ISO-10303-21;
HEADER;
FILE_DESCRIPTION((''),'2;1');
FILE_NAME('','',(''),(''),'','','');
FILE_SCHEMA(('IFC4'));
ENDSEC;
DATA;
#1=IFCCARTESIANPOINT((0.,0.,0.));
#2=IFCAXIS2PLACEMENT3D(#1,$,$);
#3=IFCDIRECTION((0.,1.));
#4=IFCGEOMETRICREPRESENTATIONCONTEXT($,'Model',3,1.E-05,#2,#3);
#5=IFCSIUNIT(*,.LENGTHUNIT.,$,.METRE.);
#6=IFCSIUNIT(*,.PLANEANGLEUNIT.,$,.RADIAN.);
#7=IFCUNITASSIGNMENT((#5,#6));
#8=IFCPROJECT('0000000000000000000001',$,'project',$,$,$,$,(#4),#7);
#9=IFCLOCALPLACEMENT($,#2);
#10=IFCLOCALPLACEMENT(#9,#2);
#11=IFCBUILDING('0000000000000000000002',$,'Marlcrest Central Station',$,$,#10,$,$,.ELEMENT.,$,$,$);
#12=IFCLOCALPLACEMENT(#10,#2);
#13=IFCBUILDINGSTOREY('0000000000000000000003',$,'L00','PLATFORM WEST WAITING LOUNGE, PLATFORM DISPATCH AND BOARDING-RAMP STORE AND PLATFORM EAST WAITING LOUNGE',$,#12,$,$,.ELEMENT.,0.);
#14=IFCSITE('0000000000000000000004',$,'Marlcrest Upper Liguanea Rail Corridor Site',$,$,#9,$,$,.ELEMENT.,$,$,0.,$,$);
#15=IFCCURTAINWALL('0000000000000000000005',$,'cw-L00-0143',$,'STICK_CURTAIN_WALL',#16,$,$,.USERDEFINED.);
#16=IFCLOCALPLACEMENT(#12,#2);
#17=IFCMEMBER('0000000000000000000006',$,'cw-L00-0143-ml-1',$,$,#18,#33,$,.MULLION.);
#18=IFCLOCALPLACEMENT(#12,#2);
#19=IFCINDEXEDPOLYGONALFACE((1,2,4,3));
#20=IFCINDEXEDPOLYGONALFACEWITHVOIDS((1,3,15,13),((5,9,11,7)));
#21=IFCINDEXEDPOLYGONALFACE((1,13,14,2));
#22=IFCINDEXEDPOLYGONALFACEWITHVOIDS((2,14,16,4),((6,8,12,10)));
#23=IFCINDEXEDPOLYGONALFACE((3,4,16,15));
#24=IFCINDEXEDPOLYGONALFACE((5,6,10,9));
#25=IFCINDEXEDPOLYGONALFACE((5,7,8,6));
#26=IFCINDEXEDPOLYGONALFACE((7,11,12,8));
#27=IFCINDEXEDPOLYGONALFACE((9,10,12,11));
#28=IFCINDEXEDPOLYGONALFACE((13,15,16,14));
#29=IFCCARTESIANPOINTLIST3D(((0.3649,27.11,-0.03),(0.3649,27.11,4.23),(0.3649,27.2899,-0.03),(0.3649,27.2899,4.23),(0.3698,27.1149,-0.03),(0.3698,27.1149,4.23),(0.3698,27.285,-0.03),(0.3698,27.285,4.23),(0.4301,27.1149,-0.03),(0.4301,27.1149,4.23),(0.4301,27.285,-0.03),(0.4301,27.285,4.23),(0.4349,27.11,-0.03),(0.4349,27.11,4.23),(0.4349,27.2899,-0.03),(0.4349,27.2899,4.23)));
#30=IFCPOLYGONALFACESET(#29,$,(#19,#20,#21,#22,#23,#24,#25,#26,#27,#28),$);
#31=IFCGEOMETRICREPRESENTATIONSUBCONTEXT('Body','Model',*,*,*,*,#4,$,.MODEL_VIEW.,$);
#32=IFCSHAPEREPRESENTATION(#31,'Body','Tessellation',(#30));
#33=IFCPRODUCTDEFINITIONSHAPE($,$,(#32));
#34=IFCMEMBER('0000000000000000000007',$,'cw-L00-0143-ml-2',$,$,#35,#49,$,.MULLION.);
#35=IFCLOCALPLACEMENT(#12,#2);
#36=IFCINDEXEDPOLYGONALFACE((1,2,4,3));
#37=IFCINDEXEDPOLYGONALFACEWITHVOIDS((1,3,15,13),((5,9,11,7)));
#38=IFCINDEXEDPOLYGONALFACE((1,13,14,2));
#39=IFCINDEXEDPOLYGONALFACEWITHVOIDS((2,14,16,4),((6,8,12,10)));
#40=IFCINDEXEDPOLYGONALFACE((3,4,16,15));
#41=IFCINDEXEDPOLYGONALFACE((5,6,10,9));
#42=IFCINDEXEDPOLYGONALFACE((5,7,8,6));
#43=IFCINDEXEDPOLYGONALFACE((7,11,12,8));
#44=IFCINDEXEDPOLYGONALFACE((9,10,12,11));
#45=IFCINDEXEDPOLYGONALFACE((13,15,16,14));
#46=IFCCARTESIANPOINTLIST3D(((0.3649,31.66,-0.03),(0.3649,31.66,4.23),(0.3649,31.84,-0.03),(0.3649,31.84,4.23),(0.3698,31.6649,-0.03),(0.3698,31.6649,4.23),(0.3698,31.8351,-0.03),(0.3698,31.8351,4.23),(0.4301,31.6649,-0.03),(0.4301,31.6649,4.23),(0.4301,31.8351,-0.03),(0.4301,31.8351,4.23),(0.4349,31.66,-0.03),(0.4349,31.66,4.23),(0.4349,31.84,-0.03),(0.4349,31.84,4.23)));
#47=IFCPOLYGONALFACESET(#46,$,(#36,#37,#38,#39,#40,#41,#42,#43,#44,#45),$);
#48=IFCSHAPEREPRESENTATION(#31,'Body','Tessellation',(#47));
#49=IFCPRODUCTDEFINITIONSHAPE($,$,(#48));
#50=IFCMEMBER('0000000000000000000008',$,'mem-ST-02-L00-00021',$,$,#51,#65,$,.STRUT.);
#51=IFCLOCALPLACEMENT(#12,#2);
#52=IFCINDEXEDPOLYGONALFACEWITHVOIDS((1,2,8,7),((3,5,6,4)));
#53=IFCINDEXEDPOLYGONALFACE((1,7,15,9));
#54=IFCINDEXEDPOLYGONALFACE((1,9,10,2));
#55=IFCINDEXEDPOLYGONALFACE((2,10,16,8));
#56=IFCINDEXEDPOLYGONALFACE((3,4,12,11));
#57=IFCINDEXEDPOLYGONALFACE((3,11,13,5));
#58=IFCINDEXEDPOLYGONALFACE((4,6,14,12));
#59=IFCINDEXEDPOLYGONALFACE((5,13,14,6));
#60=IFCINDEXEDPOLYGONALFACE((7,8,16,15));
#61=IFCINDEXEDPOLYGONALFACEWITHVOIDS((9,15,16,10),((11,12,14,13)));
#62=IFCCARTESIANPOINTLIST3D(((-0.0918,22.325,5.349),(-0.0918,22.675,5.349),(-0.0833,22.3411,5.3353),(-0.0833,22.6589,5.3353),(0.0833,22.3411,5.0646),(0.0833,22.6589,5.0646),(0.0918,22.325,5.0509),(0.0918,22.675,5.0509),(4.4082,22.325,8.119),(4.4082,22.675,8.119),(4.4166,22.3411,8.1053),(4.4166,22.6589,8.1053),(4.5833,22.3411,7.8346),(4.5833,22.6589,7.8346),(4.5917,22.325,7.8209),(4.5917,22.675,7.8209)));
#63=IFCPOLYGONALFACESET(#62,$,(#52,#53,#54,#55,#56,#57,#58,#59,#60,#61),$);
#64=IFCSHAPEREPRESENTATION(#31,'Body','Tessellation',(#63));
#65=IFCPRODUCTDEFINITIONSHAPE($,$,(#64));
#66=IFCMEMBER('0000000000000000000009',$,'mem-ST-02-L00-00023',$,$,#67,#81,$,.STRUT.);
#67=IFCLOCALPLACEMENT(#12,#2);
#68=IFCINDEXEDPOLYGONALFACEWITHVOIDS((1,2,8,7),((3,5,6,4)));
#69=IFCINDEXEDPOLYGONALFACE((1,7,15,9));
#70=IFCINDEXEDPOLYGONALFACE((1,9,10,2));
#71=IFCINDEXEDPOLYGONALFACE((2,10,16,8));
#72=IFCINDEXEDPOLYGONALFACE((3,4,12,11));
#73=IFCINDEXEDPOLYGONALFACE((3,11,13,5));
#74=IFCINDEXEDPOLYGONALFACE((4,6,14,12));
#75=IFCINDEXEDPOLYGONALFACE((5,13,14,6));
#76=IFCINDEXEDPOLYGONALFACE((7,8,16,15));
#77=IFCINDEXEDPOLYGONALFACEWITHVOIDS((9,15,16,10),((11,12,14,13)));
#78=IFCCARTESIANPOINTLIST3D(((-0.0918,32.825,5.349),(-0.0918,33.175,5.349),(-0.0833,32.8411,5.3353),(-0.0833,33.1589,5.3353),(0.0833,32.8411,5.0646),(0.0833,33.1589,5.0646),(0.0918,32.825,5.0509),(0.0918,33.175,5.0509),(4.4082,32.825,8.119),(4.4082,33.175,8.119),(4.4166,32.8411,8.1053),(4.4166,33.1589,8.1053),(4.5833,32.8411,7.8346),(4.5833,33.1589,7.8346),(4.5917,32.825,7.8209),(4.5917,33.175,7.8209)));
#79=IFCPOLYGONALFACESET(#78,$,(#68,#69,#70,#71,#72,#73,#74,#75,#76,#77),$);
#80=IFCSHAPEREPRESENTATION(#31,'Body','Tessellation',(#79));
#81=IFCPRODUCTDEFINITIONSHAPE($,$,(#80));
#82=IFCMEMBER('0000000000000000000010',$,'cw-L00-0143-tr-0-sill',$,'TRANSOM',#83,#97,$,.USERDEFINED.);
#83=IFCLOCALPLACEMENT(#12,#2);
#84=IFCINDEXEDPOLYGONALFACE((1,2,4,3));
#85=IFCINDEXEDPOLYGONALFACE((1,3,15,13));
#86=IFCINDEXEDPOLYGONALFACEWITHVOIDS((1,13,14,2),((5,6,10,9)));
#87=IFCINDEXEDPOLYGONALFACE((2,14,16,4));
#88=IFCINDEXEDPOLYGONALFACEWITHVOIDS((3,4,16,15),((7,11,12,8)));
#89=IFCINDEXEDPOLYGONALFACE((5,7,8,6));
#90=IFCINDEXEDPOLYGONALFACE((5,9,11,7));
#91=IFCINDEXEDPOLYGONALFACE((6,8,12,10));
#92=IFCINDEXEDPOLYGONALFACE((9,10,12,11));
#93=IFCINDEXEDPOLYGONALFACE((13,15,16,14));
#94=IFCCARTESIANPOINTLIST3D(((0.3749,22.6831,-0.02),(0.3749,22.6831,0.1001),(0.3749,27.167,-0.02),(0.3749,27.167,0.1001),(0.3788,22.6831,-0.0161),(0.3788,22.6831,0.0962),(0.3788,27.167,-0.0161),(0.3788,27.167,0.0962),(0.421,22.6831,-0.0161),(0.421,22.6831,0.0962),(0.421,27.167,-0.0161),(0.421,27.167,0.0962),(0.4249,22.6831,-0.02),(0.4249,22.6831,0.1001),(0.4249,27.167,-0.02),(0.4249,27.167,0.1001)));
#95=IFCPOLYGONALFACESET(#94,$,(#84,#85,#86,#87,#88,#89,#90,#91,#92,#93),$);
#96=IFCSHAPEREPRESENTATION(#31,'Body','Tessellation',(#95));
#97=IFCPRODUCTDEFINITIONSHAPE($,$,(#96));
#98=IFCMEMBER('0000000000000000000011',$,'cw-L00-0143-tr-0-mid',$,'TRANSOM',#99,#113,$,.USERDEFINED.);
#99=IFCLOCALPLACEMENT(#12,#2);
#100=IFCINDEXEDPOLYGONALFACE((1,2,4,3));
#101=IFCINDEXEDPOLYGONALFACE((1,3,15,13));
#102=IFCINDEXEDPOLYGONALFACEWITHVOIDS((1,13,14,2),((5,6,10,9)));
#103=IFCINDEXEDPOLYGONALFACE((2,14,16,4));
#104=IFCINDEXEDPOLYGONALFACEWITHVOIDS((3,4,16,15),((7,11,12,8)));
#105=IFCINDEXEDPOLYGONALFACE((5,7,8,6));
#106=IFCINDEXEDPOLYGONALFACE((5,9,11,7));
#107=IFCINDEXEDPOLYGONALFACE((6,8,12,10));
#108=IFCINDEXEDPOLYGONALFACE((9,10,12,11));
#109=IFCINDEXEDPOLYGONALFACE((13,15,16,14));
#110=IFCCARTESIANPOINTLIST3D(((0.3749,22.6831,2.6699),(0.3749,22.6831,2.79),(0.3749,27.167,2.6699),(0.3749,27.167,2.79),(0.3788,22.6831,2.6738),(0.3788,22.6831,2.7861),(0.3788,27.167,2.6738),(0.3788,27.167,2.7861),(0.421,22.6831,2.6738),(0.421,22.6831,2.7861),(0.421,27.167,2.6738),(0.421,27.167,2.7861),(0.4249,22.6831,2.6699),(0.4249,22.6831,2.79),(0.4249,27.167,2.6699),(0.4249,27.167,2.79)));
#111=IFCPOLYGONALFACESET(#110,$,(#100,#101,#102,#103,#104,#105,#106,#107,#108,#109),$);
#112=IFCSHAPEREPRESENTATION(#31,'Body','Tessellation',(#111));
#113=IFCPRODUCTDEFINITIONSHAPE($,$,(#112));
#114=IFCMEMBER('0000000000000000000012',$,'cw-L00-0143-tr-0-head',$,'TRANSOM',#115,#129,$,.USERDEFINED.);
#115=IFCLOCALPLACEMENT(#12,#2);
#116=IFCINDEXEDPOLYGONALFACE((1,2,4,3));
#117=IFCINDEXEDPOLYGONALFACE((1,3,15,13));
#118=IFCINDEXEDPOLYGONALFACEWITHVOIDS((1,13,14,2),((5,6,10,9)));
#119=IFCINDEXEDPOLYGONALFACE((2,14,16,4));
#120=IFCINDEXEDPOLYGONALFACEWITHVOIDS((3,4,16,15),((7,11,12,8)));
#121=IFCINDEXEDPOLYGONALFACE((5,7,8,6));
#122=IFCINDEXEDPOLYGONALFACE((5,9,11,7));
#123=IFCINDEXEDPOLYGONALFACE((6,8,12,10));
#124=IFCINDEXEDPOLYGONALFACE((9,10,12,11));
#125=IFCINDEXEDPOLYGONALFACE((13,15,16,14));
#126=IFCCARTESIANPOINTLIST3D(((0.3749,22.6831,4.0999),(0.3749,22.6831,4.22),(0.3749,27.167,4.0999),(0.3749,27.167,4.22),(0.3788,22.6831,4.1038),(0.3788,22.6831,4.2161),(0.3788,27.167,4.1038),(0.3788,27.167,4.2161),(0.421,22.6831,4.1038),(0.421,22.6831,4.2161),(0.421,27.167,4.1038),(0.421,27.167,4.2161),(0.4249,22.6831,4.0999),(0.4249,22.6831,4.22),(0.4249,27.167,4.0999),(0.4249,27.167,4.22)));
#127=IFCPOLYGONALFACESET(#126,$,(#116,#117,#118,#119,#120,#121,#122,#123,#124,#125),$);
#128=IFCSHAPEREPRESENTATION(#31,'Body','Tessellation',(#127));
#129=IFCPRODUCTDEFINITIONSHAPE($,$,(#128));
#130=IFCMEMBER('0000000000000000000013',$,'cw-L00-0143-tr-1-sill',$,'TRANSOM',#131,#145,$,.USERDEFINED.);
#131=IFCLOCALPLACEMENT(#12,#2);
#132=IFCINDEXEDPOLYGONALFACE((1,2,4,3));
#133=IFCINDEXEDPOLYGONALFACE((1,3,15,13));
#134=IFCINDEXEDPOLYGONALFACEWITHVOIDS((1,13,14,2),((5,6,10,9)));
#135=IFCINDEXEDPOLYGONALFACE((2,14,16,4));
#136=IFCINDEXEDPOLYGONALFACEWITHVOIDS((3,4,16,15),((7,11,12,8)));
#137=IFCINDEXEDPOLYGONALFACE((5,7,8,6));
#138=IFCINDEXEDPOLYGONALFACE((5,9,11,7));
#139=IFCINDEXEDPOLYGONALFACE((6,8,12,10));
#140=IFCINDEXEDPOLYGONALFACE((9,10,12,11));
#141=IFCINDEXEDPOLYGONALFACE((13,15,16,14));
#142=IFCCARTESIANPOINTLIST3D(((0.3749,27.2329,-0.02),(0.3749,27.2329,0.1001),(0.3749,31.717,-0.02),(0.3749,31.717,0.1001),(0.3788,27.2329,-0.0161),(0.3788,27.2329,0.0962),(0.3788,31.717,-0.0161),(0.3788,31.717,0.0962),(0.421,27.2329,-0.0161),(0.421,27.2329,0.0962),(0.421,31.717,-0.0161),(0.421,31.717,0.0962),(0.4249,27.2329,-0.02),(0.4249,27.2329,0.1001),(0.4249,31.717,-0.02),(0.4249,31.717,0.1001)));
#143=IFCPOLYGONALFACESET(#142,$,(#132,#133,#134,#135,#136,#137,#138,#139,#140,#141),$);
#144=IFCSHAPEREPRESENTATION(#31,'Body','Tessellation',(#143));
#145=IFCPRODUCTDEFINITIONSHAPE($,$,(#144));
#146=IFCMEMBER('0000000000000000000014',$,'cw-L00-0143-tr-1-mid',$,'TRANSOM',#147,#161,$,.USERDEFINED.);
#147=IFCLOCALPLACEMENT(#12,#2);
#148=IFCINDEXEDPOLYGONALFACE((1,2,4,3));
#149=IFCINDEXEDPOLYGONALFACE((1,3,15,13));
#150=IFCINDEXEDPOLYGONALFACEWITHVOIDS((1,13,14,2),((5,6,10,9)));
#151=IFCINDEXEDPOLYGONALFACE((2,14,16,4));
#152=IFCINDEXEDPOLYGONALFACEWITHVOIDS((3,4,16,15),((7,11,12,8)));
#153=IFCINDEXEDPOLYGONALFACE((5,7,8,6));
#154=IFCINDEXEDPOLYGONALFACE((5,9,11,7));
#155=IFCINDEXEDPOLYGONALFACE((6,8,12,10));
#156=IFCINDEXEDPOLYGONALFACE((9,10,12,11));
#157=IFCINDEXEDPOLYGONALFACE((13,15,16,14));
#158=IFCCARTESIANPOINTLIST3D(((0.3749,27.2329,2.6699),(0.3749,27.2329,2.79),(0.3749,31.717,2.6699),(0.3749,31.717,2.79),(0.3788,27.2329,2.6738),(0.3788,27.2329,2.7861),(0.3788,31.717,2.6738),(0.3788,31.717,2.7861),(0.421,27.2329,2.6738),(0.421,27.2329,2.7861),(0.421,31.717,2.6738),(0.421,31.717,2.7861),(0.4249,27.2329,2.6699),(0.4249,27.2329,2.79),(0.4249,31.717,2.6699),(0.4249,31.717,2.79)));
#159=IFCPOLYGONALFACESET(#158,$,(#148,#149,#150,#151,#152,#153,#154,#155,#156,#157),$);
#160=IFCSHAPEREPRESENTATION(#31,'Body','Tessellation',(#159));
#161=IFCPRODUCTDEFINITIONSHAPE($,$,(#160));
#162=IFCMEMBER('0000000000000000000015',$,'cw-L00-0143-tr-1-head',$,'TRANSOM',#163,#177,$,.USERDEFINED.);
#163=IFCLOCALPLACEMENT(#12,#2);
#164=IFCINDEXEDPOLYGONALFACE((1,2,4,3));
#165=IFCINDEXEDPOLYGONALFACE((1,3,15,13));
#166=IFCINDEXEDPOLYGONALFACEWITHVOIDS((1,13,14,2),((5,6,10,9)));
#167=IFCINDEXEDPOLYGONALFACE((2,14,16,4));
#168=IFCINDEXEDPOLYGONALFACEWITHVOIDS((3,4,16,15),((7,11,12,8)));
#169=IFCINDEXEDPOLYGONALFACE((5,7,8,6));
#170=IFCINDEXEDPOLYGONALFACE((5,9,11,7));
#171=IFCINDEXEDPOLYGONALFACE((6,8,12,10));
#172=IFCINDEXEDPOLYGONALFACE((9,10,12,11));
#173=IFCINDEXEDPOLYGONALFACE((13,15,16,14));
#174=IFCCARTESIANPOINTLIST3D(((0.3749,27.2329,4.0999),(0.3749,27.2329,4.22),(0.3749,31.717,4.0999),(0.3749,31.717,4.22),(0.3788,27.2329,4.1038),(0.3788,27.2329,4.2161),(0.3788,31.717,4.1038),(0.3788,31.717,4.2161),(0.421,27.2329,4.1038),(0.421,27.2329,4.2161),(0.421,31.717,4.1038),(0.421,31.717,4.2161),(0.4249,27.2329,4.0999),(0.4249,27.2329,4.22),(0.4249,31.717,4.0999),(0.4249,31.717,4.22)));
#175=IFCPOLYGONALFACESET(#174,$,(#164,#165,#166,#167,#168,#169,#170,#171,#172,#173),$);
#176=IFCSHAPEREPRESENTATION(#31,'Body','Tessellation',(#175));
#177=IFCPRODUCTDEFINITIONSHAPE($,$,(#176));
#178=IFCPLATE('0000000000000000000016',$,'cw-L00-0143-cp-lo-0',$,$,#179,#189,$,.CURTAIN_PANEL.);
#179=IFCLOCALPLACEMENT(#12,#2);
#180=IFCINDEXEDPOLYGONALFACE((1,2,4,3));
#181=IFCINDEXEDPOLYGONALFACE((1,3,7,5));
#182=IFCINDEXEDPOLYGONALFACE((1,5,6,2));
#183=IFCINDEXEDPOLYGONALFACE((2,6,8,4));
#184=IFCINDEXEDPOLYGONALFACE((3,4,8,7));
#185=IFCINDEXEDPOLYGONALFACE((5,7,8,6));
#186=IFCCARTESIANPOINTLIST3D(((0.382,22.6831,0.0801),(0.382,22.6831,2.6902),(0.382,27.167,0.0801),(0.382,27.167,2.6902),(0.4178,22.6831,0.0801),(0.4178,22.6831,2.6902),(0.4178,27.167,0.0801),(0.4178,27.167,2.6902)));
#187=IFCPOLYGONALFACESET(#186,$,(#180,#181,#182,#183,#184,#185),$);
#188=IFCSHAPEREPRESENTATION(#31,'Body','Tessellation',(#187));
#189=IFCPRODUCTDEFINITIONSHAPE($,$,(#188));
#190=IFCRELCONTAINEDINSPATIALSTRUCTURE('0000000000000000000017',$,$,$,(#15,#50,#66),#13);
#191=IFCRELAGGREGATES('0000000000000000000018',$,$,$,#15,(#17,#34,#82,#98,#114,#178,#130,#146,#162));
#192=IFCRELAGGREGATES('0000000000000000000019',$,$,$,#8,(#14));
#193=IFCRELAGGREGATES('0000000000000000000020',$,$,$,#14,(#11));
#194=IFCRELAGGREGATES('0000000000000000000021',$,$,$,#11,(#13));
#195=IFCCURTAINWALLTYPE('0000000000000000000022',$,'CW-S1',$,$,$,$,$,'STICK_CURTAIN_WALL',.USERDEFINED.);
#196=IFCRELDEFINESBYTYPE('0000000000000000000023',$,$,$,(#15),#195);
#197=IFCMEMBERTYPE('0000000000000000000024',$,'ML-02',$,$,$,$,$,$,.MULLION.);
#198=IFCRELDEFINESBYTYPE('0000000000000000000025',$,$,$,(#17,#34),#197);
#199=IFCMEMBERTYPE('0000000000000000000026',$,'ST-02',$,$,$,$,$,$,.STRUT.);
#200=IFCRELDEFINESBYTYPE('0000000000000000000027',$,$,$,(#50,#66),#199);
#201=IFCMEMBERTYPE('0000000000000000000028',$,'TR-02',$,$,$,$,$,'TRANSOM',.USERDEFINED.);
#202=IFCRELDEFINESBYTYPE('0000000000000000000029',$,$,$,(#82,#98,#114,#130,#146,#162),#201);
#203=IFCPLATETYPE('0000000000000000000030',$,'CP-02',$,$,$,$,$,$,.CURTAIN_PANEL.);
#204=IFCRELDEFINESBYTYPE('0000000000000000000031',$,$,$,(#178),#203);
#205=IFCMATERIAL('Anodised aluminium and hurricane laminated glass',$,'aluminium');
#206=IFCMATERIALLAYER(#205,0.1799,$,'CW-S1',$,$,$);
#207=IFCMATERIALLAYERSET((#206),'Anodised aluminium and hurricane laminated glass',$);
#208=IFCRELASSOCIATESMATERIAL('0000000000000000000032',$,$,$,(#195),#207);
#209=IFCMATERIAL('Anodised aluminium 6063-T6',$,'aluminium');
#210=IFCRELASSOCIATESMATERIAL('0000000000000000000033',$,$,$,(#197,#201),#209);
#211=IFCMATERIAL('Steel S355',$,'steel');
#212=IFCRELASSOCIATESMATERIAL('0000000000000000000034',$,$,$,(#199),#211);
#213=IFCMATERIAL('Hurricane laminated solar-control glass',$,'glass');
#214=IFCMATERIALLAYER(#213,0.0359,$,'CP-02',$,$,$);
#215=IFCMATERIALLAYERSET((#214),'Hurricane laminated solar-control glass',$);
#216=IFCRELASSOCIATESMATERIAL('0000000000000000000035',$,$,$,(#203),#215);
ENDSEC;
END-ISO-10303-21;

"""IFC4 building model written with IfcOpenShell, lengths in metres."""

from ifc_helpers import new_model, si_unit, direction, frame, origin, origin_2d, place, context, subcontext, project, spatial, rectangle, hollow_rectangle, extrude, material, layer, layer_set, material_profile, profile_set, type_object, element, aggregate, save


model = new_model("IFC4")

# Units and contexts
model_context = context("Model", 3, precision=1e-05, world=origin(), true_north=direction((0.0, 1.0)))
body_context = subcontext(model_context, "Body", "Model", "MODEL_VIEW")
ifc_project = project(units=[si_unit("LENGTHUNIT", "METRE"), si_unit("PLANEANGLEUNIT", "RADIAN")], contexts=[model_context])

# Site, building, storey
site_placement = place(None, origin())
site = spatial("IfcSite", under=ifc_project, at=site_placement, Name="Marlcrest Upper Liguanea Rail Corridor Site", CompositionType="ELEMENT", RefElevation=0.0)
building_placement = place(site_placement, origin())
building = spatial("IfcBuilding", under=site, at=building_placement, Name="Marlcrest Central Station", CompositionType="ELEMENT")
storey_placement = place(building_placement, origin())
storey = spatial("IfcBuildingStorey", under=building, at=storey_placement, Name="L00", Description="PLATFORM WEST WAITING LOUNGE, PLATFORM DISPATCH AND BOARDING-RAMP STORE AND PLATFORM EAST WAITING LOUNGE", CompositionType="ELEMENT", Elevation=0.0)

# Shared definitions
ifc_material_1 = material(Name="Steel S355", Category="steel")

# Curtain wall, members
ifc_material_2 = material(Name="Anodised aluminium and hurricane laminated glass", Category="aluminium")
ifc_layer_1 = layer(ifc_material_2, 0.1799, Name="CW-S1")
ifc_layer_set_1 = layer_set([ifc_layer_1], Name="Anodised aluminium and hurricane laminated glass")
curtain_wall_type = type_object("IfcCurtainWallType", Name="CW-S1", ElementType="STICK_CURTAIN_WALL", PredefinedType="USERDEFINED", material=ifc_layer_set_1)
curtain_wall_placement = place(storey_placement, origin())
curtain_wall = element("IfcCurtainWall", 1, at=curtain_wall_placement, inside=storey, type_object=curtain_wall_type, Name="cw-L00-0143", ObjectType="STICK_CURTAIN_WALL", PredefinedType="USERDEFINED")
ifc_material_3 = material(Name="Anodised aluminium 6063-T6", Category="aluminium")
ifc_material_profile_1 = material_profile(ifc_material_3, hollow_rectangle(XDim=0.0701, YDim=0.1799, WallThickness=0.0049, at=origin_2d()), Name="AA-RHS 180x70x5")
ifc_profile_set_1 = profile_set([ifc_material_profile_1], Name="Anodised aluminium 6063-T6")
member_type_1 = type_object("IfcMemberType", Name="ML-02", PredefinedType="MULLION", material=ifc_profile_set_1)
member_1_placement = place(storey_placement, frame((0.3999, 27.2, -0.03), z_axis=(0.0, 0.0, 1.0), x_axis=(1.0, 0.0, 0.0)))
member_1 = element("IfcMember", 2, at=member_1_placement, type_object=member_type_1, Name="cw-L00-0143-ml-1", PredefinedType="MULLION", context=body_context, shape_type="SweptSolid", body=[
    extrude(hollow_rectangle(XDim=0.0701, YDim=0.1799, WallThickness=0.0049, at=origin_2d()), origin(), (0.0, 0.0, 1.0), 4.26),
])
member_2_placement = place(storey_placement, frame((0.3999, 31.75, -0.03), z_axis=(0.0, 0.0, 1.0), x_axis=(1.0, 0.0, 0.0)))
member_2 = element("IfcMember", 3, at=member_2_placement, type_object=member_type_1, Name="cw-L00-0143-ml-2", PredefinedType="MULLION", context=body_context, shape_type="SweptSolid", body=[
    extrude(hollow_rectangle(XDim=0.0701, YDim=0.1799, WallThickness=0.0049, at=origin_2d()), origin(), (0.0, 0.0, 1.0), 4.26),
])

# Members
ifc_material_profile_2 = material_profile(ifc_material_1, hollow_rectangle(XDim=0.3501, YDim=0.3501, WallThickness=0.0161, at=origin_2d()), Name="SHS 350x350x16")
ifc_profile_set_2 = profile_set([ifc_material_profile_2], Name="Steel S355")
member_type_2 = type_object("IfcMemberType", Name="ST-02", PredefinedType="STRUT", material=ifc_profile_set_2)
for number, where, z_axis, x_axis, name in (
    (4, (0.0, 22.5, 5.2), (0.851592, 0.0, 0.524206), (0.0, 1.0, 0.0), "mem-ST-02-L00-00021"),
    (5, (0.0, 33.0, 5.2), (0.851592, 0.0, 0.524206), (0.0, 1.0, 0.0), "mem-ST-02-L00-00023"),
):
    element("IfcMember", number, at=place(storey_placement, frame(where, z_axis=z_axis, x_axis=x_axis)), inside=storey, type_object=member_type_2, Name=name, PredefinedType="STRUT", context=body_context, shape_type="SweptSolid", body=[
        extrude(hollow_rectangle(XDim=0.3501, YDim=0.3501, WallThickness=0.0161, at=origin_2d()), origin(), (0.0, 0.0, 1.0), 5.2842),
    ])

# Members
ifc_material_profile_3 = material_profile(ifc_material_3, hollow_rectangle(XDim=0.05, YDim=0.1201, WallThickness=0.0039, at=origin_2d()), Name="AA-RHS 120x50x4")
ifc_profile_set_3 = profile_set([ifc_material_profile_3], Name="Anodised aluminium 6063-T6")
member_type_3 = type_object("IfcMemberType", Name="TR-02", ElementType="TRANSOM", PredefinedType="USERDEFINED", material=ifc_profile_set_3)
member_3_placement = place(storey_placement, frame((0.3999, 22.6831, 0.04), z_axis=(0.0, 1.0, 0.0), x_axis=(-1.0, 0.0, 0.0)))
member_3 = element("IfcMember", 6, at=member_3_placement, type_object=member_type_3, Name="cw-L00-0143-tr-0-sill", ObjectType="TRANSOM", PredefinedType="USERDEFINED", context=body_context, shape_type="SweptSolid", body=[
    extrude(hollow_rectangle(XDim=0.05, YDim=0.1201, WallThickness=0.0039, at=origin_2d()), origin(), (0.0, 0.0, 1.0), 4.4839),
])
member_4_placement = place(storey_placement, frame((0.3999, 22.6831, 2.73), z_axis=(0.0, 1.0, 0.0), x_axis=(-1.0, 0.0, 0.0)))
member_4 = element("IfcMember", 7, at=member_4_placement, type_object=member_type_3, Name="cw-L00-0143-tr-0-mid", ObjectType="TRANSOM", PredefinedType="USERDEFINED", context=body_context, shape_type="SweptSolid", body=[
    extrude(hollow_rectangle(XDim=0.05, YDim=0.1201, WallThickness=0.0039, at=origin_2d()), origin(), (0.0, 0.0, 1.0), 4.4839),
])
member_5_placement = place(storey_placement, frame((0.3999, 22.6831, 4.1599), z_axis=(0.0, 1.0, 0.0), x_axis=(-1.0, 0.0, 0.0)))
member_5 = element("IfcMember", 8, at=member_5_placement, type_object=member_type_3, Name="cw-L00-0143-tr-0-head", ObjectType="TRANSOM", PredefinedType="USERDEFINED", context=body_context, shape_type="SweptSolid", body=[
    extrude(hollow_rectangle(XDim=0.05, YDim=0.1201, WallThickness=0.0039, at=origin_2d()), origin(), (0.0, 0.0, 1.0), 4.4839),
])
member_6_placement = place(storey_placement, frame((0.3999, 27.2329, 0.04), z_axis=(0.0, 1.0, 0.0), x_axis=(-1.0, 0.0, 0.0)))
member_6 = element("IfcMember", 9, at=member_6_placement, type_object=member_type_3, Name="cw-L00-0143-tr-1-sill", ObjectType="TRANSOM", PredefinedType="USERDEFINED", context=body_context, shape_type="SweptSolid", body=[
    extrude(hollow_rectangle(XDim=0.05, YDim=0.1201, WallThickness=0.0039, at=origin_2d()), origin(), (0.0, 0.0, 1.0), 4.4841),
])
member_7_placement = place(storey_placement, frame((0.3999, 27.2329, 2.73), z_axis=(0.0, 1.0, 0.0), x_axis=(-1.0, 0.0, 0.0)))
member_7 = element("IfcMember", 10, at=member_7_placement, type_object=member_type_3, Name="cw-L00-0143-tr-1-mid", ObjectType="TRANSOM", PredefinedType="USERDEFINED", context=body_context, shape_type="SweptSolid", body=[
    extrude(hollow_rectangle(XDim=0.05, YDim=0.1201, WallThickness=0.0039, at=origin_2d()), origin(), (0.0, 0.0, 1.0), 4.4841),
])
member_8_placement = place(storey_placement, frame((0.3999, 27.2329, 4.1599), z_axis=(0.0, 1.0, 0.0), x_axis=(-1.0, 0.0, 0.0)))
member_8 = element("IfcMember", 11, at=member_8_placement, type_object=member_type_3, Name="cw-L00-0143-tr-1-head", ObjectType="TRANSOM", PredefinedType="USERDEFINED", context=body_context, shape_type="SweptSolid", body=[
    extrude(hollow_rectangle(XDim=0.05, YDim=0.1201, WallThickness=0.0039, at=origin_2d()), origin(), (0.0, 0.0, 1.0), 4.4841),
])

# Plate
ifc_material_4 = material(Name="Hurricane laminated solar-control glass", Category="glass")
ifc_layer_2 = layer(ifc_material_4, 0.0359, Name="CP-02")
ifc_layer_set_2 = layer_set([ifc_layer_2], Name="Hurricane laminated solar-control glass")
plate_type_1 = type_object("IfcPlateType", Name="CP-02", PredefinedType="CURTAIN_PANEL", material=ifc_layer_set_2)
plate_1_placement = place(storey_placement, frame((0.3999, 24.925, 0.0801), z_axis=(0.0, 0.0, 1.0), x_axis=(0.0, 1.0, 0.0)))
plate_1 = element("IfcPlate", 12, at=plate_1_placement, type_object=plate_type_1, Name="cw-L00-0143-cp-lo-0", PredefinedType="CURTAIN_PANEL", context=body_context, shape_type="SweptSolid", body=[
    extrude(rectangle(XDim=4.4839, YDim=0.0359, at=origin_2d()), origin(), (0.0, 0.0, 1.0), 2.6101),
])
aggregate(curtain_wall, [member_1, member_2, member_3, member_4, member_5, plate_1, member_6, member_7, member_8])

save(model, "model.ifc")
